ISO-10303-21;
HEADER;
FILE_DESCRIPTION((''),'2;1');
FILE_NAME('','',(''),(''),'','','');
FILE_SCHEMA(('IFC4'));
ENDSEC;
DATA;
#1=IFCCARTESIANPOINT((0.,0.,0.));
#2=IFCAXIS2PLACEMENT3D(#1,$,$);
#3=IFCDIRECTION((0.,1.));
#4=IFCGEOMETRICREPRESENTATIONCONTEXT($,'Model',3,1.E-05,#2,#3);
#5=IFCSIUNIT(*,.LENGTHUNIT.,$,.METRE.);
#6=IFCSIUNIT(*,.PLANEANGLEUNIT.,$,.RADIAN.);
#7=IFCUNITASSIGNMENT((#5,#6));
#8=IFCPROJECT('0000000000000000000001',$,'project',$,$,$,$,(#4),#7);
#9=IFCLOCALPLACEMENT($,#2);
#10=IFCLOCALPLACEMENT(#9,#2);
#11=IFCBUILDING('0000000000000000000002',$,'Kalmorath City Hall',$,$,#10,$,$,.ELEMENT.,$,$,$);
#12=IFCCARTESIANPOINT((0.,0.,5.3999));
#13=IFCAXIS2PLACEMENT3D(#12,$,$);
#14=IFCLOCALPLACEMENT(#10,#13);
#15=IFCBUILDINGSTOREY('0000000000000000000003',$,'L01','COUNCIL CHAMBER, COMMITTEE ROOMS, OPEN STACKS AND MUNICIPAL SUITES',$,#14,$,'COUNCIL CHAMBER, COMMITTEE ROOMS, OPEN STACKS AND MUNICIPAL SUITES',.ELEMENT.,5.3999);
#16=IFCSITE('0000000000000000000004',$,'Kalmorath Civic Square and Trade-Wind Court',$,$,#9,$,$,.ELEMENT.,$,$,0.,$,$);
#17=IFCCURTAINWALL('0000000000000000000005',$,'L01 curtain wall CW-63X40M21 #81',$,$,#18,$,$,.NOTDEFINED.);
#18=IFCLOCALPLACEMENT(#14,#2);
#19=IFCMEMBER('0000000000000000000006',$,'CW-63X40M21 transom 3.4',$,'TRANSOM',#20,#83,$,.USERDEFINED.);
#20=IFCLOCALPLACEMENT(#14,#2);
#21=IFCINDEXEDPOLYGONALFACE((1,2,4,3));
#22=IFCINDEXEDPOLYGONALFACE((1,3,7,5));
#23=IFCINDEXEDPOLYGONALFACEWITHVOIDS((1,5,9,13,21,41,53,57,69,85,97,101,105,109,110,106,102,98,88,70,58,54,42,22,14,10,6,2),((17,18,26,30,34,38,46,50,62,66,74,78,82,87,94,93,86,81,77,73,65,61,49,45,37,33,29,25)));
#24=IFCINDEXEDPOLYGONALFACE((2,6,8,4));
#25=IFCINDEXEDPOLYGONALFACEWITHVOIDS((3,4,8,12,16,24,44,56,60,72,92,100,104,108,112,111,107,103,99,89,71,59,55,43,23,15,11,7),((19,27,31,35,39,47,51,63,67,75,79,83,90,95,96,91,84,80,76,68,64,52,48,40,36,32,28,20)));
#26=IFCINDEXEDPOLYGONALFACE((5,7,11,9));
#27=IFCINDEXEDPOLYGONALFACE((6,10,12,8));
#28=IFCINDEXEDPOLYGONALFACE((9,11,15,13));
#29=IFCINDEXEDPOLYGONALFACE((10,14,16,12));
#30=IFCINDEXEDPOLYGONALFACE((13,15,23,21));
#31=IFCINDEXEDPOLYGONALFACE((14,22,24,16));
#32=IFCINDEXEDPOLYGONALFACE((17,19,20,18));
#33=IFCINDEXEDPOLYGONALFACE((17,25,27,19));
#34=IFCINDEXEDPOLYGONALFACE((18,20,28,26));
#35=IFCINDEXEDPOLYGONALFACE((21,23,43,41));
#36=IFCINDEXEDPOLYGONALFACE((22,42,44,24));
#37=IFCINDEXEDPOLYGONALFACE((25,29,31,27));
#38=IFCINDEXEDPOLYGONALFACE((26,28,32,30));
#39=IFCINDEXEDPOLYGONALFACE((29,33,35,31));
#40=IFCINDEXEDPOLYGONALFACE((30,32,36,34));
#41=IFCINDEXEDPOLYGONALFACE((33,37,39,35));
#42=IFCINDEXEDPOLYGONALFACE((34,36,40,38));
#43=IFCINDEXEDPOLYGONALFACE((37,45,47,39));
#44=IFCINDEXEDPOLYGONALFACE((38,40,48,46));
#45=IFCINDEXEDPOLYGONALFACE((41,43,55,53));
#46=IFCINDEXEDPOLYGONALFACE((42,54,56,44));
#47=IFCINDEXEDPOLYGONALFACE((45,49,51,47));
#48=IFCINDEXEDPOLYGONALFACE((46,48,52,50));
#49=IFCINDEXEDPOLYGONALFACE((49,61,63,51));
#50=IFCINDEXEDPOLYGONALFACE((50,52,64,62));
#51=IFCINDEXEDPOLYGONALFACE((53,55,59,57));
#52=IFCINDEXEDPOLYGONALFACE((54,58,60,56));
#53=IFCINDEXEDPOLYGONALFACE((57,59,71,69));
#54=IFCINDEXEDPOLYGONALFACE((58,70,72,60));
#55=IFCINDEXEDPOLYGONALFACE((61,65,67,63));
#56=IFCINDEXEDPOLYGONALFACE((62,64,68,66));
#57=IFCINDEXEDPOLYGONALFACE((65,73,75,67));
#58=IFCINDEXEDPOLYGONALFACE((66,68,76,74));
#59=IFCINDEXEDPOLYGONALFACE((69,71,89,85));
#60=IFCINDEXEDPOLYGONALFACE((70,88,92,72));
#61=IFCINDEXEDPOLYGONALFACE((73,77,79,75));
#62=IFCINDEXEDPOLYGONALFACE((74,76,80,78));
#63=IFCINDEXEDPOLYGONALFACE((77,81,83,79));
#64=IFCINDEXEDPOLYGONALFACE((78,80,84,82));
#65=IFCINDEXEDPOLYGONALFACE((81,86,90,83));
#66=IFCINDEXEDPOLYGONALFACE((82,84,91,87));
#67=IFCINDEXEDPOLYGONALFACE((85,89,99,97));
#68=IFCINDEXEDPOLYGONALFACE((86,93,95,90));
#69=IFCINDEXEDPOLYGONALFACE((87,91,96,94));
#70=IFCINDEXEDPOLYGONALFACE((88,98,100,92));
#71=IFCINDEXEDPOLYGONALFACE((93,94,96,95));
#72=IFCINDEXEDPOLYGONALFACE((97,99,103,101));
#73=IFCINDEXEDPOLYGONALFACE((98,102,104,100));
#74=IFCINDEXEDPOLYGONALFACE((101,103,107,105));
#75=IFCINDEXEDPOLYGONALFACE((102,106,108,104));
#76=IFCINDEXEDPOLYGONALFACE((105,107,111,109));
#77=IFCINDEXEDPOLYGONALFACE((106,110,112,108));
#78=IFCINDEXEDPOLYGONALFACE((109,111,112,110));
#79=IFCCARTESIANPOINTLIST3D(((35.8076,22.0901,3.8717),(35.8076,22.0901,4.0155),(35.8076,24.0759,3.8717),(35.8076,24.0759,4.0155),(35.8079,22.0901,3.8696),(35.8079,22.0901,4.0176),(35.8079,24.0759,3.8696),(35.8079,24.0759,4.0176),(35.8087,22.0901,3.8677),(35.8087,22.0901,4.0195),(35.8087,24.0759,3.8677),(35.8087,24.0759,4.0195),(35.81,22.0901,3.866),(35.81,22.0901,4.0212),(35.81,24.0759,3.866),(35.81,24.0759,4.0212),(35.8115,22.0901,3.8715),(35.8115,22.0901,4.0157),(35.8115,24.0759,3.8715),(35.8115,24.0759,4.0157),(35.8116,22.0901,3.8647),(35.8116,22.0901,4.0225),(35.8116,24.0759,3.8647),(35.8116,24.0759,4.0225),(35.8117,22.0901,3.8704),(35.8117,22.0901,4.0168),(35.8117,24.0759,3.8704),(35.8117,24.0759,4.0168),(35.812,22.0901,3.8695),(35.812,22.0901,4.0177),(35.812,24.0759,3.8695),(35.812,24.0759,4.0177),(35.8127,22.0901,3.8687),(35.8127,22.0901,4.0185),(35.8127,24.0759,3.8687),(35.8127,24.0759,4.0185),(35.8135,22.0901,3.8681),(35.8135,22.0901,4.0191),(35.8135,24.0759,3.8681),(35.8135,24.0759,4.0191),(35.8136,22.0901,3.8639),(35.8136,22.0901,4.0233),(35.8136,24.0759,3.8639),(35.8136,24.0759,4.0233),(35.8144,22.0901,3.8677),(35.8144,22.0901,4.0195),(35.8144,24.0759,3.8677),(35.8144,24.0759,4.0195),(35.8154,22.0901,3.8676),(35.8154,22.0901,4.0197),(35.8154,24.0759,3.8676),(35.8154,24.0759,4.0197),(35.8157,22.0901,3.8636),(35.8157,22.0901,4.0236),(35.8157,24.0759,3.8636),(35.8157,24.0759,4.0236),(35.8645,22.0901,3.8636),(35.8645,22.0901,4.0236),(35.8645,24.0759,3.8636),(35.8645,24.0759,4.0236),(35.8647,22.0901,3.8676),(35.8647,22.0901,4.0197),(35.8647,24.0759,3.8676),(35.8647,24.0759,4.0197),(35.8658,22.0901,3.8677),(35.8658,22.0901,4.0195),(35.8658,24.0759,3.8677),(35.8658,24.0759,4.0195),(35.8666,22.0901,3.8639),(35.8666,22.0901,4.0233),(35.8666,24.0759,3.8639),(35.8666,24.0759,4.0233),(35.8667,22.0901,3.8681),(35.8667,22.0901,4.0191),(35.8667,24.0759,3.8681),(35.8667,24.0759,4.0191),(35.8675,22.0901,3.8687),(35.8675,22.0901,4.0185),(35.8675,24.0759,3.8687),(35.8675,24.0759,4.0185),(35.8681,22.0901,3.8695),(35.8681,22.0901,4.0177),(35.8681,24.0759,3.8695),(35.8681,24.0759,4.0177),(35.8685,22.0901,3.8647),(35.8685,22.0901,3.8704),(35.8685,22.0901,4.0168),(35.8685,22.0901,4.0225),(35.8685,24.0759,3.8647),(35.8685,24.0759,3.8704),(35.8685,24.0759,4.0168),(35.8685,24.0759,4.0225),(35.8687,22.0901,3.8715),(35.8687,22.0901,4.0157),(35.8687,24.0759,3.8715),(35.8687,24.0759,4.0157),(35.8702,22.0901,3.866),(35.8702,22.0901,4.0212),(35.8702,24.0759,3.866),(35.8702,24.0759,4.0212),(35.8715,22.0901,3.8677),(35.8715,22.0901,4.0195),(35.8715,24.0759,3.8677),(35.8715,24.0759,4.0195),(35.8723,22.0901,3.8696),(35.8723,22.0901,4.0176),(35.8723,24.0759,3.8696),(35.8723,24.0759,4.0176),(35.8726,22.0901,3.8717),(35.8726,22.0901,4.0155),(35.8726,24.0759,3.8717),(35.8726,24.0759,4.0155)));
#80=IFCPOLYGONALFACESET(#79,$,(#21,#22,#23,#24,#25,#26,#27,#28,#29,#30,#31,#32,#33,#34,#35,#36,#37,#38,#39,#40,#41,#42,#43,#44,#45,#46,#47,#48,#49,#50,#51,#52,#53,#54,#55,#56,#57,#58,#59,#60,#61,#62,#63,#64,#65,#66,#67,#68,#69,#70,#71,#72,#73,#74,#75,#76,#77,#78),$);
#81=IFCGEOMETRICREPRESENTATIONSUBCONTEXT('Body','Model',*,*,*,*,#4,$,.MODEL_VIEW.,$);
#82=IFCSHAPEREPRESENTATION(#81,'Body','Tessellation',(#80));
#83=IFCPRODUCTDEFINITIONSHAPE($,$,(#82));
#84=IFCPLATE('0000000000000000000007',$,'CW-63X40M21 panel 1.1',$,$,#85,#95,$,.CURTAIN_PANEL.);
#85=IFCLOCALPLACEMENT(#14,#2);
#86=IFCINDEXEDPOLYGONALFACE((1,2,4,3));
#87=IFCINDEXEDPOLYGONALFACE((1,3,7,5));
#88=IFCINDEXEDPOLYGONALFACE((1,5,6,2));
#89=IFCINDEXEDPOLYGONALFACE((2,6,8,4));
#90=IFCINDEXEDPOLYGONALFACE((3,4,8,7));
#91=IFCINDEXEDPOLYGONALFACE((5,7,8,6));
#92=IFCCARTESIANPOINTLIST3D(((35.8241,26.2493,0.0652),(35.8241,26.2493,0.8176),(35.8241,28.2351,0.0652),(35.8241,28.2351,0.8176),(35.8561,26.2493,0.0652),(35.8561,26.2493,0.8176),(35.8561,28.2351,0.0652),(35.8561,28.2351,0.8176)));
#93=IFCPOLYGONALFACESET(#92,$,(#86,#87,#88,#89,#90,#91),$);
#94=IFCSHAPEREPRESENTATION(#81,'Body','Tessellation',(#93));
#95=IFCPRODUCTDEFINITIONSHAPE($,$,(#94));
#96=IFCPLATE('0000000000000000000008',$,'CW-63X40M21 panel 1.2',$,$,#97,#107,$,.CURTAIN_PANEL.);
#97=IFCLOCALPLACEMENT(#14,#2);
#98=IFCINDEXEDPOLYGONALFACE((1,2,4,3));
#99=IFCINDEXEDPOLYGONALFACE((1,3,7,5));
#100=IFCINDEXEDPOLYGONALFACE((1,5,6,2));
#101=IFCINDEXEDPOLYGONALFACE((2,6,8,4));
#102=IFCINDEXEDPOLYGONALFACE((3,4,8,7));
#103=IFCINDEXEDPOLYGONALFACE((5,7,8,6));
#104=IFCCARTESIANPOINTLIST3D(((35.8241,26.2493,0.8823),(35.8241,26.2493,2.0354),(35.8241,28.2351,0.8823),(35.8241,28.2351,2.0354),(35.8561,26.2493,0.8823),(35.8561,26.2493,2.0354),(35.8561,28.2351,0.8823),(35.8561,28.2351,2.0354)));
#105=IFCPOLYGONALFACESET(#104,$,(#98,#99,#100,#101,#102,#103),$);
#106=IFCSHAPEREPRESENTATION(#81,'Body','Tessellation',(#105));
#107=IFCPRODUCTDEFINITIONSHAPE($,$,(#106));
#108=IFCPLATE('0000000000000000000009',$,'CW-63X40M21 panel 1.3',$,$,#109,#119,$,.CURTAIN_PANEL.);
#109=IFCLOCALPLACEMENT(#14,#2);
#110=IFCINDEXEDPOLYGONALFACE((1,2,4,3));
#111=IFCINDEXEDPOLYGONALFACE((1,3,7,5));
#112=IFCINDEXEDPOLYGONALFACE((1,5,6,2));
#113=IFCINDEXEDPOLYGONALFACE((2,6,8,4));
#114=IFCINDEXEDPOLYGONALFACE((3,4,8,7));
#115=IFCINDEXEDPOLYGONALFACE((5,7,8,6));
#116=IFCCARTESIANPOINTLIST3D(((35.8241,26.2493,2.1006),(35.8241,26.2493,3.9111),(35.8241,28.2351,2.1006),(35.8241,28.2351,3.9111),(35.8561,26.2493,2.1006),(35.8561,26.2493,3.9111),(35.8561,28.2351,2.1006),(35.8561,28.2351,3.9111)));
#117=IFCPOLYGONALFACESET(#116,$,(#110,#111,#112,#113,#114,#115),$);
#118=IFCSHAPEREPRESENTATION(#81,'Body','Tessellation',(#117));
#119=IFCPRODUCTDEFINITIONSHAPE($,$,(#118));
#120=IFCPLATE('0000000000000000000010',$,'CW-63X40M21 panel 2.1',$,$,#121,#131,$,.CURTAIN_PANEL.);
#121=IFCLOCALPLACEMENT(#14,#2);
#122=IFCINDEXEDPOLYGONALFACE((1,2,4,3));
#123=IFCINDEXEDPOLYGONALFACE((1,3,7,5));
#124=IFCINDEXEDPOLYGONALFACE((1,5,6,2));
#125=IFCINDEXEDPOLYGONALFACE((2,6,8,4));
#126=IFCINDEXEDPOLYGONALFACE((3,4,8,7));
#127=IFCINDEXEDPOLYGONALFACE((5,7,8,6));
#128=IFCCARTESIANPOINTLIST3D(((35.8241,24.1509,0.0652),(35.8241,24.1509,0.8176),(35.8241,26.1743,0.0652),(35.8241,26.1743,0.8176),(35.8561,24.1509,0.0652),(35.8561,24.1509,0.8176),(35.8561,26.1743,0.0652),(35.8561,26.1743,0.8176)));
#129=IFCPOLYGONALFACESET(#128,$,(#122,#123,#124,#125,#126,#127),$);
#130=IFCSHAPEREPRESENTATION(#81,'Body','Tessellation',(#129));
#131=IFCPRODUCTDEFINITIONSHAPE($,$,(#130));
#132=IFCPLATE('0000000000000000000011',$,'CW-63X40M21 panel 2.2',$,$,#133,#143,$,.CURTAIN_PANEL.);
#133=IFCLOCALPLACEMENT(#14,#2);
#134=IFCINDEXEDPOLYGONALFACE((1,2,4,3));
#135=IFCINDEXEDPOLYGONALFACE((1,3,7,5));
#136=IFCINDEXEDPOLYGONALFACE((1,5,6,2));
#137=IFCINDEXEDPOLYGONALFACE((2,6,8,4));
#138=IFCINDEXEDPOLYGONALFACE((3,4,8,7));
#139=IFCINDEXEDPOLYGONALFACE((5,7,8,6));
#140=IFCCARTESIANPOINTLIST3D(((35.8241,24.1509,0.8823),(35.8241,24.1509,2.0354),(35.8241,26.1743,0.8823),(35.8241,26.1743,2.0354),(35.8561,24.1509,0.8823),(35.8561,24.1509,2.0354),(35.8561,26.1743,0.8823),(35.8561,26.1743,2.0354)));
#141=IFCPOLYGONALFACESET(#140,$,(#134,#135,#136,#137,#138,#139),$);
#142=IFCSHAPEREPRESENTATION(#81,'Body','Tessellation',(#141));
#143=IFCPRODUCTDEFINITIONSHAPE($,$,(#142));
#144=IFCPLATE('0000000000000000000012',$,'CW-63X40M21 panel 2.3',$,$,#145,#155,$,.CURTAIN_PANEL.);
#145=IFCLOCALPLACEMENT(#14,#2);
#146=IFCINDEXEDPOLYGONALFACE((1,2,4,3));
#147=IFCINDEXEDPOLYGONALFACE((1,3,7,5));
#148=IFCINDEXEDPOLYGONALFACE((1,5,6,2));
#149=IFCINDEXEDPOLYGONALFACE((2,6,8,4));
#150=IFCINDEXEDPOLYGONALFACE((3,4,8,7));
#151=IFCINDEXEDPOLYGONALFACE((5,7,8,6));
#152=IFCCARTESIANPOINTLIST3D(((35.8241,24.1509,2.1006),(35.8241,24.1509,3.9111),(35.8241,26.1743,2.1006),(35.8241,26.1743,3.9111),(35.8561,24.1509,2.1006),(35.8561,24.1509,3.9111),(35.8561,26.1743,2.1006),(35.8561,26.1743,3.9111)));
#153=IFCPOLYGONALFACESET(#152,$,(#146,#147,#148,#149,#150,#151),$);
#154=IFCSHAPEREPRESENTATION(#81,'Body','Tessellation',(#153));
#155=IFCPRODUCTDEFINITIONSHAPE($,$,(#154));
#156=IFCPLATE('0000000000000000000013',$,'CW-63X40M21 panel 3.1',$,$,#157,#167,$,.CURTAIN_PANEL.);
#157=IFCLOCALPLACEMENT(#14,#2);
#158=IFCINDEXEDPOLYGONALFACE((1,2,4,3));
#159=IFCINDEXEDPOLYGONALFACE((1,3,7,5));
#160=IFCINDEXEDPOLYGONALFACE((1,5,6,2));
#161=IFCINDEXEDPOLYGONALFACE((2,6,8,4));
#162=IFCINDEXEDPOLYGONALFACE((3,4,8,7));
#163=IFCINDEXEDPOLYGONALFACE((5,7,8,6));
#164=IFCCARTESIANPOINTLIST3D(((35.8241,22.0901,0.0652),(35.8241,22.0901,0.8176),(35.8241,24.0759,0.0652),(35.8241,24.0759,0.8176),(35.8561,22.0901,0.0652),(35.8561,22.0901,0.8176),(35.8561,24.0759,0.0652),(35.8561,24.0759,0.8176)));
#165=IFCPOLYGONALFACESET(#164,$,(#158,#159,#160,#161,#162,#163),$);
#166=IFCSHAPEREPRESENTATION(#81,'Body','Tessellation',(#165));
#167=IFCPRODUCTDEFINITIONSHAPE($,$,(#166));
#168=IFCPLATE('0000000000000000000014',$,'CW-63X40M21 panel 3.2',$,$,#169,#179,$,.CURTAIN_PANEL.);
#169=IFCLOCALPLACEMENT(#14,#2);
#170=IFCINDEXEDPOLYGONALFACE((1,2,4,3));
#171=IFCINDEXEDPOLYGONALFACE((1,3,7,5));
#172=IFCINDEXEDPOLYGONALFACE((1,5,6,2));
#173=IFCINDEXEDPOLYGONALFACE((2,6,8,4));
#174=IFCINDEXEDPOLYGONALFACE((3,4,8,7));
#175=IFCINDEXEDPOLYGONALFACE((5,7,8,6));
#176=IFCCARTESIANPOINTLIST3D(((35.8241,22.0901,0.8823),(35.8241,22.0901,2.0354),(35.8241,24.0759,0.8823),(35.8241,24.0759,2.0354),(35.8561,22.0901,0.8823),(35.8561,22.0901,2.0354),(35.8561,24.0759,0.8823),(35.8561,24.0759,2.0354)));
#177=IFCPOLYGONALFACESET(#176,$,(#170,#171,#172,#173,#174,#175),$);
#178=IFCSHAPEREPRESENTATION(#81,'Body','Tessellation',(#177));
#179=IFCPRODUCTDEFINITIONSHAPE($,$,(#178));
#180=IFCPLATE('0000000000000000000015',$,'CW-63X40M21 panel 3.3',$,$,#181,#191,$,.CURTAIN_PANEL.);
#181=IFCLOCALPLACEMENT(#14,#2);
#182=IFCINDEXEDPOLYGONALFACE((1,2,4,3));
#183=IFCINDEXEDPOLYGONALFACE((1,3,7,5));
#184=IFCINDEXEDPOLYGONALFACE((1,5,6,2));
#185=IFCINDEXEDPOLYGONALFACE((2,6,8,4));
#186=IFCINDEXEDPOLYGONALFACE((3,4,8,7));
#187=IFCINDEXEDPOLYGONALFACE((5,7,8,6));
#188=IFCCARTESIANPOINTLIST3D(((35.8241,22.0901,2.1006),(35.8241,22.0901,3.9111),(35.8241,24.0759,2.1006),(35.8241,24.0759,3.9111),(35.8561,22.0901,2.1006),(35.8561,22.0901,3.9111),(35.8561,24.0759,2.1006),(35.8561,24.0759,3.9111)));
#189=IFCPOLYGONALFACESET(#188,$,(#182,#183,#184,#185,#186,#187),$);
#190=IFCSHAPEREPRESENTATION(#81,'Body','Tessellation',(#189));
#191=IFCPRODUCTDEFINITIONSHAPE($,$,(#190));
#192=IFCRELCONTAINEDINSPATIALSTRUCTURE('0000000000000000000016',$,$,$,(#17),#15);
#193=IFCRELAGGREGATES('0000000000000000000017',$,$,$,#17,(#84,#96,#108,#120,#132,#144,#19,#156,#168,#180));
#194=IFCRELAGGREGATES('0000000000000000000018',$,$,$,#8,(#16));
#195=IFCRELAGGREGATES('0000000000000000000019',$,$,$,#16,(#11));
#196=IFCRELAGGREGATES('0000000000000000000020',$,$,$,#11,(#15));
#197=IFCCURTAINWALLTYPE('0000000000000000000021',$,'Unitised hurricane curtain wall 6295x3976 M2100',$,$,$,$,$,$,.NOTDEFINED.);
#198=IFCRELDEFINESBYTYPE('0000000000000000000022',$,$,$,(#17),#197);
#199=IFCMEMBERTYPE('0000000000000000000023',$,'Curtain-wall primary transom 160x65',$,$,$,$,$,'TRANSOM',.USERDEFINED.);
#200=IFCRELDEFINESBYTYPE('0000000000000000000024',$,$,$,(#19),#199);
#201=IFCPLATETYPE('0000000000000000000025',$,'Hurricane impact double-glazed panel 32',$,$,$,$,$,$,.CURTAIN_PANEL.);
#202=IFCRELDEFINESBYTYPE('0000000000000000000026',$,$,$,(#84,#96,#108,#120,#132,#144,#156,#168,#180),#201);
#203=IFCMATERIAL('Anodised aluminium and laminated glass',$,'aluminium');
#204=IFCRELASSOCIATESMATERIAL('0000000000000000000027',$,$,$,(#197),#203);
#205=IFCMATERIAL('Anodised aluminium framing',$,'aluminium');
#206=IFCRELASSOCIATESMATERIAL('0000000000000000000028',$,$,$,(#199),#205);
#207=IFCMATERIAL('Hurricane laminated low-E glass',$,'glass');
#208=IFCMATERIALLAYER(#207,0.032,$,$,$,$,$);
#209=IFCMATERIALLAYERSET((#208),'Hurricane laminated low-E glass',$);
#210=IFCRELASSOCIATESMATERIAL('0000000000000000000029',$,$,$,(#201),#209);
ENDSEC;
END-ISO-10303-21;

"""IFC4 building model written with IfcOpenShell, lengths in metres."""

from ifc_helpers import new_model, si_unit, direction, frame, origin, origin_2d, place, context, subcontext, project, spatial, rectangle, hollow_rectangle, extrude, material, layer, layer_set, material_profile, profile_set, type_object, element, aggregate, save


model = new_model("IFC4")

# Units and contexts
model_context = context("Model", 3, precision=1e-05, world=origin(), true_north=direction((0.0, 1.0)))
body_context = subcontext(model_context, "Body", "Model", "MODEL_VIEW")
ifc_project = project(units=[si_unit("LENGTHUNIT", "METRE"), si_unit("PLANEANGLEUNIT", "RADIAN")], contexts=[model_context])

# Site, building, storey
site_placement = place(None, origin())
site = spatial("IfcSite", under=ifc_project, at=site_placement, Name="Kalmorath Civic Square and Trade-Wind Court", CompositionType="ELEMENT", RefElevation=0.0)
building_placement = place(site_placement, origin())
building = spatial("IfcBuilding", under=site, at=building_placement, Name="Kalmorath City Hall", CompositionType="ELEMENT")
storey_placement = place(building_placement, frame((0.0, 0.0, 5.3999)))
storey = spatial("IfcBuildingStorey", under=building, at=storey_placement, Name="L01", Description="COUNCIL CHAMBER, COMMITTEE ROOMS, OPEN STACKS AND MUNICIPAL SUITES", LongName="COUNCIL CHAMBER, COMMITTEE ROOMS, OPEN STACKS AND MUNICIPAL SUITES", CompositionType="ELEMENT", Elevation=5.3999)

# Curtain wall, member, plates
ifc_material_1 = material(Name="Anodised aluminium and laminated glass", Category="aluminium")
curtain_wall_type = type_object("IfcCurtainWallType", Name="Unitised hurricane curtain wall 6295x3976 M2100", PredefinedType="NOTDEFINED", material=ifc_material_1)
curtain_wall_placement = place(storey_placement, origin())
curtain_wall = element("IfcCurtainWall", 1, at=curtain_wall_placement, inside=storey, type_object=curtain_wall_type, Name="L01 curtain wall CW-63X40M21 #81", PredefinedType="NOTDEFINED")
ifc_material_2 = material(Name="Anodised aluminium framing", Category="aluminium")
ifc_material_profile_1 = material_profile(ifc_material_2, hollow_rectangle(XDim=0.0649, YDim=0.1599, WallThickness=0.0039, InnerFilletRadius=0.0039, OuterFilletRadius=0.0081, at=origin_2d()), Name="ALU-TRN-160X65X4")
ifc_profile_set_1 = profile_set([ifc_material_profile_1], Name="Anodised aluminium framing")
member_type_1 = type_object("IfcMemberType", Name="Curtain-wall primary transom 160x65", ElementType="TRANSOM", PredefinedType="USERDEFINED", material=ifc_profile_set_1)
member_1_placement = place(storey_placement, frame((35.8401, 24.0759, 3.9436), z_axis=(0.0, -1.0, 0.0), x_axis=(1.0, 0.0, 0.0)))
member_1 = element("IfcMember", 2, at=member_1_placement, type_object=member_type_1, Name="CW-63X40M21 transom 3.4", ObjectType="TRANSOM", PredefinedType="USERDEFINED", context=body_context, shape_type="SweptSolid", body=[
    extrude(hollow_rectangle(XDim=0.0649, YDim=0.1599, WallThickness=0.0039, InnerFilletRadius=0.0039, OuterFilletRadius=0.0081, at=origin_2d()), origin(), (0.0, 0.0, 1.0), 1.9858),
])
ifc_material_3 = material(Name="Hurricane laminated low-E glass", Category="glass")
ifc_layer = layer(ifc_material_3, 0.032)
ifc_layer_set = layer_set([ifc_layer], Name="Hurricane laminated low-E glass")
plate_type = type_object("IfcPlateType", Name="Hurricane impact double-glazed panel 32", PredefinedType="CURTAIN_PANEL", material=ifc_layer_set)
plate_1_placement = place(storey_placement, frame((35.8401, 27.2422, 0.0652), z_axis=(0.0, 0.0, 1.0), x_axis=(0.0, -1.0, 0.0)))
plate_1 = element("IfcPlate", 3, at=plate_1_placement, type_object=plate_type, Name="CW-63X40M21 panel 1.1", PredefinedType="CURTAIN_PANEL", context=body_context, shape_type="SweptSolid", body=[
    extrude(rectangle(XDim=1.9858, YDim=0.032, at=origin_2d()), origin(), (0.0, 0.0, 1.0), 0.7524),
])
plate_2_placement = place(storey_placement, frame((35.8401, 27.2422, 0.8823), z_axis=(0.0, 0.0, 1.0), x_axis=(0.0, -1.0, 0.0)))
plate_2 = element("IfcPlate", 4, at=plate_2_placement, type_object=plate_type, Name="CW-63X40M21 panel 1.2", PredefinedType="CURTAIN_PANEL", context=body_context, shape_type="SweptSolid", body=[
    extrude(rectangle(XDim=1.9858, YDim=0.032, at=origin_2d()), origin(), (0.0, 0.0, 1.0), 1.1531),
])
plate_3_placement = place(storey_placement, frame((35.8401, 27.2422, 2.1006), z_axis=(0.0, 0.0, 1.0), x_axis=(0.0, -1.0, 0.0)))
plate_3 = element("IfcPlate", 5, at=plate_3_placement, type_object=plate_type, Name="CW-63X40M21 panel 1.3", PredefinedType="CURTAIN_PANEL", context=body_context, shape_type="SweptSolid", body=[
    extrude(rectangle(XDim=1.9858, YDim=0.032, at=origin_2d()), origin(), (0.0, 0.0, 1.0), 1.8105),
])
plate_4_placement = place(storey_placement, frame((35.8401, 25.1626, 0.0652), z_axis=(0.0, 0.0, 1.0), x_axis=(0.0, -1.0, 0.0)))
plate_4 = element("IfcPlate", 6, at=plate_4_placement, type_object=plate_type, Name="CW-63X40M21 panel 2.1", PredefinedType="CURTAIN_PANEL", context=body_context, shape_type="SweptSolid", body=[
    extrude(rectangle(XDim=2.0234, YDim=0.032, at=origin_2d()), origin(), (0.0, 0.0, 1.0), 0.7524),
])
plate_5_placement = place(storey_placement, frame((35.8401, 25.1626, 0.8823), z_axis=(0.0, 0.0, 1.0), x_axis=(0.0, -1.0, 0.0)))
plate_5 = element("IfcPlate", 7, at=plate_5_placement, type_object=plate_type, Name="CW-63X40M21 panel 2.2", PredefinedType="CURTAIN_PANEL", context=body_context, shape_type="SweptSolid", body=[
    extrude(rectangle(XDim=2.0234, YDim=0.032, at=origin_2d()), origin(), (0.0, 0.0, 1.0), 1.1531),
])
plate_6_placement = place(storey_placement, frame((35.8401, 25.1626, 2.1006), z_axis=(0.0, 0.0, 1.0), x_axis=(0.0, -1.0, 0.0)))
plate_6 = element("IfcPlate", 8, at=plate_6_placement, type_object=plate_type, Name="CW-63X40M21 panel 2.3", PredefinedType="CURTAIN_PANEL", context=body_context, shape_type="SweptSolid", body=[
    extrude(rectangle(XDim=2.0234, YDim=0.032, at=origin_2d()), origin(), (0.0, 0.0, 1.0), 1.8105),
])
plate_7_placement = place(storey_placement, frame((35.8401, 23.083, 0.0652), z_axis=(0.0, 0.0, 1.0), x_axis=(0.0, -1.0, 0.0)))
plate_7 = element("IfcPlate", 9, at=plate_7_placement, type_object=plate_type, Name="CW-63X40M21 panel 3.1", PredefinedType="CURTAIN_PANEL", context=body_context, shape_type="SweptSolid", body=[
    extrude(rectangle(XDim=1.9858, YDim=0.032, at=origin_2d()), origin(), (0.0, 0.0, 1.0), 0.7524),
])
plate_8_placement = place(storey_placement, frame((35.8401, 23.083, 0.8823), z_axis=(0.0, 0.0, 1.0), x_axis=(0.0, -1.0, 0.0)))
plate_8 = element("IfcPlate", 10, at=plate_8_placement, type_object=plate_type, Name="CW-63X40M21 panel 3.2", PredefinedType="CURTAIN_PANEL", context=body_context, shape_type="SweptSolid", body=[
    extrude(rectangle(XDim=1.9858, YDim=0.032, at=origin_2d()), origin(), (0.0, 0.0, 1.0), 1.1531),
])
plate_9_placement = place(storey_placement, frame((35.8401, 23.083, 2.1006), z_axis=(0.0, 0.0, 1.0), x_axis=(0.0, -1.0, 0.0)))
plate_9 = element("IfcPlate", 11, at=plate_9_placement, type_object=plate_type, Name="CW-63X40M21 panel 3.3", PredefinedType="CURTAIN_PANEL", context=body_context, shape_type="SweptSolid", body=[
    extrude(rectangle(XDim=1.9858, YDim=0.032, at=origin_2d()), origin(), (0.0, 0.0, 1.0), 1.8105),
])
aggregate(curtain_wall, [plate_1, plate_2, plate_3, plate_4, plate_5, plate_6, member_1, plate_7, plate_8, plate_9])

save(model, "model.ifc")
